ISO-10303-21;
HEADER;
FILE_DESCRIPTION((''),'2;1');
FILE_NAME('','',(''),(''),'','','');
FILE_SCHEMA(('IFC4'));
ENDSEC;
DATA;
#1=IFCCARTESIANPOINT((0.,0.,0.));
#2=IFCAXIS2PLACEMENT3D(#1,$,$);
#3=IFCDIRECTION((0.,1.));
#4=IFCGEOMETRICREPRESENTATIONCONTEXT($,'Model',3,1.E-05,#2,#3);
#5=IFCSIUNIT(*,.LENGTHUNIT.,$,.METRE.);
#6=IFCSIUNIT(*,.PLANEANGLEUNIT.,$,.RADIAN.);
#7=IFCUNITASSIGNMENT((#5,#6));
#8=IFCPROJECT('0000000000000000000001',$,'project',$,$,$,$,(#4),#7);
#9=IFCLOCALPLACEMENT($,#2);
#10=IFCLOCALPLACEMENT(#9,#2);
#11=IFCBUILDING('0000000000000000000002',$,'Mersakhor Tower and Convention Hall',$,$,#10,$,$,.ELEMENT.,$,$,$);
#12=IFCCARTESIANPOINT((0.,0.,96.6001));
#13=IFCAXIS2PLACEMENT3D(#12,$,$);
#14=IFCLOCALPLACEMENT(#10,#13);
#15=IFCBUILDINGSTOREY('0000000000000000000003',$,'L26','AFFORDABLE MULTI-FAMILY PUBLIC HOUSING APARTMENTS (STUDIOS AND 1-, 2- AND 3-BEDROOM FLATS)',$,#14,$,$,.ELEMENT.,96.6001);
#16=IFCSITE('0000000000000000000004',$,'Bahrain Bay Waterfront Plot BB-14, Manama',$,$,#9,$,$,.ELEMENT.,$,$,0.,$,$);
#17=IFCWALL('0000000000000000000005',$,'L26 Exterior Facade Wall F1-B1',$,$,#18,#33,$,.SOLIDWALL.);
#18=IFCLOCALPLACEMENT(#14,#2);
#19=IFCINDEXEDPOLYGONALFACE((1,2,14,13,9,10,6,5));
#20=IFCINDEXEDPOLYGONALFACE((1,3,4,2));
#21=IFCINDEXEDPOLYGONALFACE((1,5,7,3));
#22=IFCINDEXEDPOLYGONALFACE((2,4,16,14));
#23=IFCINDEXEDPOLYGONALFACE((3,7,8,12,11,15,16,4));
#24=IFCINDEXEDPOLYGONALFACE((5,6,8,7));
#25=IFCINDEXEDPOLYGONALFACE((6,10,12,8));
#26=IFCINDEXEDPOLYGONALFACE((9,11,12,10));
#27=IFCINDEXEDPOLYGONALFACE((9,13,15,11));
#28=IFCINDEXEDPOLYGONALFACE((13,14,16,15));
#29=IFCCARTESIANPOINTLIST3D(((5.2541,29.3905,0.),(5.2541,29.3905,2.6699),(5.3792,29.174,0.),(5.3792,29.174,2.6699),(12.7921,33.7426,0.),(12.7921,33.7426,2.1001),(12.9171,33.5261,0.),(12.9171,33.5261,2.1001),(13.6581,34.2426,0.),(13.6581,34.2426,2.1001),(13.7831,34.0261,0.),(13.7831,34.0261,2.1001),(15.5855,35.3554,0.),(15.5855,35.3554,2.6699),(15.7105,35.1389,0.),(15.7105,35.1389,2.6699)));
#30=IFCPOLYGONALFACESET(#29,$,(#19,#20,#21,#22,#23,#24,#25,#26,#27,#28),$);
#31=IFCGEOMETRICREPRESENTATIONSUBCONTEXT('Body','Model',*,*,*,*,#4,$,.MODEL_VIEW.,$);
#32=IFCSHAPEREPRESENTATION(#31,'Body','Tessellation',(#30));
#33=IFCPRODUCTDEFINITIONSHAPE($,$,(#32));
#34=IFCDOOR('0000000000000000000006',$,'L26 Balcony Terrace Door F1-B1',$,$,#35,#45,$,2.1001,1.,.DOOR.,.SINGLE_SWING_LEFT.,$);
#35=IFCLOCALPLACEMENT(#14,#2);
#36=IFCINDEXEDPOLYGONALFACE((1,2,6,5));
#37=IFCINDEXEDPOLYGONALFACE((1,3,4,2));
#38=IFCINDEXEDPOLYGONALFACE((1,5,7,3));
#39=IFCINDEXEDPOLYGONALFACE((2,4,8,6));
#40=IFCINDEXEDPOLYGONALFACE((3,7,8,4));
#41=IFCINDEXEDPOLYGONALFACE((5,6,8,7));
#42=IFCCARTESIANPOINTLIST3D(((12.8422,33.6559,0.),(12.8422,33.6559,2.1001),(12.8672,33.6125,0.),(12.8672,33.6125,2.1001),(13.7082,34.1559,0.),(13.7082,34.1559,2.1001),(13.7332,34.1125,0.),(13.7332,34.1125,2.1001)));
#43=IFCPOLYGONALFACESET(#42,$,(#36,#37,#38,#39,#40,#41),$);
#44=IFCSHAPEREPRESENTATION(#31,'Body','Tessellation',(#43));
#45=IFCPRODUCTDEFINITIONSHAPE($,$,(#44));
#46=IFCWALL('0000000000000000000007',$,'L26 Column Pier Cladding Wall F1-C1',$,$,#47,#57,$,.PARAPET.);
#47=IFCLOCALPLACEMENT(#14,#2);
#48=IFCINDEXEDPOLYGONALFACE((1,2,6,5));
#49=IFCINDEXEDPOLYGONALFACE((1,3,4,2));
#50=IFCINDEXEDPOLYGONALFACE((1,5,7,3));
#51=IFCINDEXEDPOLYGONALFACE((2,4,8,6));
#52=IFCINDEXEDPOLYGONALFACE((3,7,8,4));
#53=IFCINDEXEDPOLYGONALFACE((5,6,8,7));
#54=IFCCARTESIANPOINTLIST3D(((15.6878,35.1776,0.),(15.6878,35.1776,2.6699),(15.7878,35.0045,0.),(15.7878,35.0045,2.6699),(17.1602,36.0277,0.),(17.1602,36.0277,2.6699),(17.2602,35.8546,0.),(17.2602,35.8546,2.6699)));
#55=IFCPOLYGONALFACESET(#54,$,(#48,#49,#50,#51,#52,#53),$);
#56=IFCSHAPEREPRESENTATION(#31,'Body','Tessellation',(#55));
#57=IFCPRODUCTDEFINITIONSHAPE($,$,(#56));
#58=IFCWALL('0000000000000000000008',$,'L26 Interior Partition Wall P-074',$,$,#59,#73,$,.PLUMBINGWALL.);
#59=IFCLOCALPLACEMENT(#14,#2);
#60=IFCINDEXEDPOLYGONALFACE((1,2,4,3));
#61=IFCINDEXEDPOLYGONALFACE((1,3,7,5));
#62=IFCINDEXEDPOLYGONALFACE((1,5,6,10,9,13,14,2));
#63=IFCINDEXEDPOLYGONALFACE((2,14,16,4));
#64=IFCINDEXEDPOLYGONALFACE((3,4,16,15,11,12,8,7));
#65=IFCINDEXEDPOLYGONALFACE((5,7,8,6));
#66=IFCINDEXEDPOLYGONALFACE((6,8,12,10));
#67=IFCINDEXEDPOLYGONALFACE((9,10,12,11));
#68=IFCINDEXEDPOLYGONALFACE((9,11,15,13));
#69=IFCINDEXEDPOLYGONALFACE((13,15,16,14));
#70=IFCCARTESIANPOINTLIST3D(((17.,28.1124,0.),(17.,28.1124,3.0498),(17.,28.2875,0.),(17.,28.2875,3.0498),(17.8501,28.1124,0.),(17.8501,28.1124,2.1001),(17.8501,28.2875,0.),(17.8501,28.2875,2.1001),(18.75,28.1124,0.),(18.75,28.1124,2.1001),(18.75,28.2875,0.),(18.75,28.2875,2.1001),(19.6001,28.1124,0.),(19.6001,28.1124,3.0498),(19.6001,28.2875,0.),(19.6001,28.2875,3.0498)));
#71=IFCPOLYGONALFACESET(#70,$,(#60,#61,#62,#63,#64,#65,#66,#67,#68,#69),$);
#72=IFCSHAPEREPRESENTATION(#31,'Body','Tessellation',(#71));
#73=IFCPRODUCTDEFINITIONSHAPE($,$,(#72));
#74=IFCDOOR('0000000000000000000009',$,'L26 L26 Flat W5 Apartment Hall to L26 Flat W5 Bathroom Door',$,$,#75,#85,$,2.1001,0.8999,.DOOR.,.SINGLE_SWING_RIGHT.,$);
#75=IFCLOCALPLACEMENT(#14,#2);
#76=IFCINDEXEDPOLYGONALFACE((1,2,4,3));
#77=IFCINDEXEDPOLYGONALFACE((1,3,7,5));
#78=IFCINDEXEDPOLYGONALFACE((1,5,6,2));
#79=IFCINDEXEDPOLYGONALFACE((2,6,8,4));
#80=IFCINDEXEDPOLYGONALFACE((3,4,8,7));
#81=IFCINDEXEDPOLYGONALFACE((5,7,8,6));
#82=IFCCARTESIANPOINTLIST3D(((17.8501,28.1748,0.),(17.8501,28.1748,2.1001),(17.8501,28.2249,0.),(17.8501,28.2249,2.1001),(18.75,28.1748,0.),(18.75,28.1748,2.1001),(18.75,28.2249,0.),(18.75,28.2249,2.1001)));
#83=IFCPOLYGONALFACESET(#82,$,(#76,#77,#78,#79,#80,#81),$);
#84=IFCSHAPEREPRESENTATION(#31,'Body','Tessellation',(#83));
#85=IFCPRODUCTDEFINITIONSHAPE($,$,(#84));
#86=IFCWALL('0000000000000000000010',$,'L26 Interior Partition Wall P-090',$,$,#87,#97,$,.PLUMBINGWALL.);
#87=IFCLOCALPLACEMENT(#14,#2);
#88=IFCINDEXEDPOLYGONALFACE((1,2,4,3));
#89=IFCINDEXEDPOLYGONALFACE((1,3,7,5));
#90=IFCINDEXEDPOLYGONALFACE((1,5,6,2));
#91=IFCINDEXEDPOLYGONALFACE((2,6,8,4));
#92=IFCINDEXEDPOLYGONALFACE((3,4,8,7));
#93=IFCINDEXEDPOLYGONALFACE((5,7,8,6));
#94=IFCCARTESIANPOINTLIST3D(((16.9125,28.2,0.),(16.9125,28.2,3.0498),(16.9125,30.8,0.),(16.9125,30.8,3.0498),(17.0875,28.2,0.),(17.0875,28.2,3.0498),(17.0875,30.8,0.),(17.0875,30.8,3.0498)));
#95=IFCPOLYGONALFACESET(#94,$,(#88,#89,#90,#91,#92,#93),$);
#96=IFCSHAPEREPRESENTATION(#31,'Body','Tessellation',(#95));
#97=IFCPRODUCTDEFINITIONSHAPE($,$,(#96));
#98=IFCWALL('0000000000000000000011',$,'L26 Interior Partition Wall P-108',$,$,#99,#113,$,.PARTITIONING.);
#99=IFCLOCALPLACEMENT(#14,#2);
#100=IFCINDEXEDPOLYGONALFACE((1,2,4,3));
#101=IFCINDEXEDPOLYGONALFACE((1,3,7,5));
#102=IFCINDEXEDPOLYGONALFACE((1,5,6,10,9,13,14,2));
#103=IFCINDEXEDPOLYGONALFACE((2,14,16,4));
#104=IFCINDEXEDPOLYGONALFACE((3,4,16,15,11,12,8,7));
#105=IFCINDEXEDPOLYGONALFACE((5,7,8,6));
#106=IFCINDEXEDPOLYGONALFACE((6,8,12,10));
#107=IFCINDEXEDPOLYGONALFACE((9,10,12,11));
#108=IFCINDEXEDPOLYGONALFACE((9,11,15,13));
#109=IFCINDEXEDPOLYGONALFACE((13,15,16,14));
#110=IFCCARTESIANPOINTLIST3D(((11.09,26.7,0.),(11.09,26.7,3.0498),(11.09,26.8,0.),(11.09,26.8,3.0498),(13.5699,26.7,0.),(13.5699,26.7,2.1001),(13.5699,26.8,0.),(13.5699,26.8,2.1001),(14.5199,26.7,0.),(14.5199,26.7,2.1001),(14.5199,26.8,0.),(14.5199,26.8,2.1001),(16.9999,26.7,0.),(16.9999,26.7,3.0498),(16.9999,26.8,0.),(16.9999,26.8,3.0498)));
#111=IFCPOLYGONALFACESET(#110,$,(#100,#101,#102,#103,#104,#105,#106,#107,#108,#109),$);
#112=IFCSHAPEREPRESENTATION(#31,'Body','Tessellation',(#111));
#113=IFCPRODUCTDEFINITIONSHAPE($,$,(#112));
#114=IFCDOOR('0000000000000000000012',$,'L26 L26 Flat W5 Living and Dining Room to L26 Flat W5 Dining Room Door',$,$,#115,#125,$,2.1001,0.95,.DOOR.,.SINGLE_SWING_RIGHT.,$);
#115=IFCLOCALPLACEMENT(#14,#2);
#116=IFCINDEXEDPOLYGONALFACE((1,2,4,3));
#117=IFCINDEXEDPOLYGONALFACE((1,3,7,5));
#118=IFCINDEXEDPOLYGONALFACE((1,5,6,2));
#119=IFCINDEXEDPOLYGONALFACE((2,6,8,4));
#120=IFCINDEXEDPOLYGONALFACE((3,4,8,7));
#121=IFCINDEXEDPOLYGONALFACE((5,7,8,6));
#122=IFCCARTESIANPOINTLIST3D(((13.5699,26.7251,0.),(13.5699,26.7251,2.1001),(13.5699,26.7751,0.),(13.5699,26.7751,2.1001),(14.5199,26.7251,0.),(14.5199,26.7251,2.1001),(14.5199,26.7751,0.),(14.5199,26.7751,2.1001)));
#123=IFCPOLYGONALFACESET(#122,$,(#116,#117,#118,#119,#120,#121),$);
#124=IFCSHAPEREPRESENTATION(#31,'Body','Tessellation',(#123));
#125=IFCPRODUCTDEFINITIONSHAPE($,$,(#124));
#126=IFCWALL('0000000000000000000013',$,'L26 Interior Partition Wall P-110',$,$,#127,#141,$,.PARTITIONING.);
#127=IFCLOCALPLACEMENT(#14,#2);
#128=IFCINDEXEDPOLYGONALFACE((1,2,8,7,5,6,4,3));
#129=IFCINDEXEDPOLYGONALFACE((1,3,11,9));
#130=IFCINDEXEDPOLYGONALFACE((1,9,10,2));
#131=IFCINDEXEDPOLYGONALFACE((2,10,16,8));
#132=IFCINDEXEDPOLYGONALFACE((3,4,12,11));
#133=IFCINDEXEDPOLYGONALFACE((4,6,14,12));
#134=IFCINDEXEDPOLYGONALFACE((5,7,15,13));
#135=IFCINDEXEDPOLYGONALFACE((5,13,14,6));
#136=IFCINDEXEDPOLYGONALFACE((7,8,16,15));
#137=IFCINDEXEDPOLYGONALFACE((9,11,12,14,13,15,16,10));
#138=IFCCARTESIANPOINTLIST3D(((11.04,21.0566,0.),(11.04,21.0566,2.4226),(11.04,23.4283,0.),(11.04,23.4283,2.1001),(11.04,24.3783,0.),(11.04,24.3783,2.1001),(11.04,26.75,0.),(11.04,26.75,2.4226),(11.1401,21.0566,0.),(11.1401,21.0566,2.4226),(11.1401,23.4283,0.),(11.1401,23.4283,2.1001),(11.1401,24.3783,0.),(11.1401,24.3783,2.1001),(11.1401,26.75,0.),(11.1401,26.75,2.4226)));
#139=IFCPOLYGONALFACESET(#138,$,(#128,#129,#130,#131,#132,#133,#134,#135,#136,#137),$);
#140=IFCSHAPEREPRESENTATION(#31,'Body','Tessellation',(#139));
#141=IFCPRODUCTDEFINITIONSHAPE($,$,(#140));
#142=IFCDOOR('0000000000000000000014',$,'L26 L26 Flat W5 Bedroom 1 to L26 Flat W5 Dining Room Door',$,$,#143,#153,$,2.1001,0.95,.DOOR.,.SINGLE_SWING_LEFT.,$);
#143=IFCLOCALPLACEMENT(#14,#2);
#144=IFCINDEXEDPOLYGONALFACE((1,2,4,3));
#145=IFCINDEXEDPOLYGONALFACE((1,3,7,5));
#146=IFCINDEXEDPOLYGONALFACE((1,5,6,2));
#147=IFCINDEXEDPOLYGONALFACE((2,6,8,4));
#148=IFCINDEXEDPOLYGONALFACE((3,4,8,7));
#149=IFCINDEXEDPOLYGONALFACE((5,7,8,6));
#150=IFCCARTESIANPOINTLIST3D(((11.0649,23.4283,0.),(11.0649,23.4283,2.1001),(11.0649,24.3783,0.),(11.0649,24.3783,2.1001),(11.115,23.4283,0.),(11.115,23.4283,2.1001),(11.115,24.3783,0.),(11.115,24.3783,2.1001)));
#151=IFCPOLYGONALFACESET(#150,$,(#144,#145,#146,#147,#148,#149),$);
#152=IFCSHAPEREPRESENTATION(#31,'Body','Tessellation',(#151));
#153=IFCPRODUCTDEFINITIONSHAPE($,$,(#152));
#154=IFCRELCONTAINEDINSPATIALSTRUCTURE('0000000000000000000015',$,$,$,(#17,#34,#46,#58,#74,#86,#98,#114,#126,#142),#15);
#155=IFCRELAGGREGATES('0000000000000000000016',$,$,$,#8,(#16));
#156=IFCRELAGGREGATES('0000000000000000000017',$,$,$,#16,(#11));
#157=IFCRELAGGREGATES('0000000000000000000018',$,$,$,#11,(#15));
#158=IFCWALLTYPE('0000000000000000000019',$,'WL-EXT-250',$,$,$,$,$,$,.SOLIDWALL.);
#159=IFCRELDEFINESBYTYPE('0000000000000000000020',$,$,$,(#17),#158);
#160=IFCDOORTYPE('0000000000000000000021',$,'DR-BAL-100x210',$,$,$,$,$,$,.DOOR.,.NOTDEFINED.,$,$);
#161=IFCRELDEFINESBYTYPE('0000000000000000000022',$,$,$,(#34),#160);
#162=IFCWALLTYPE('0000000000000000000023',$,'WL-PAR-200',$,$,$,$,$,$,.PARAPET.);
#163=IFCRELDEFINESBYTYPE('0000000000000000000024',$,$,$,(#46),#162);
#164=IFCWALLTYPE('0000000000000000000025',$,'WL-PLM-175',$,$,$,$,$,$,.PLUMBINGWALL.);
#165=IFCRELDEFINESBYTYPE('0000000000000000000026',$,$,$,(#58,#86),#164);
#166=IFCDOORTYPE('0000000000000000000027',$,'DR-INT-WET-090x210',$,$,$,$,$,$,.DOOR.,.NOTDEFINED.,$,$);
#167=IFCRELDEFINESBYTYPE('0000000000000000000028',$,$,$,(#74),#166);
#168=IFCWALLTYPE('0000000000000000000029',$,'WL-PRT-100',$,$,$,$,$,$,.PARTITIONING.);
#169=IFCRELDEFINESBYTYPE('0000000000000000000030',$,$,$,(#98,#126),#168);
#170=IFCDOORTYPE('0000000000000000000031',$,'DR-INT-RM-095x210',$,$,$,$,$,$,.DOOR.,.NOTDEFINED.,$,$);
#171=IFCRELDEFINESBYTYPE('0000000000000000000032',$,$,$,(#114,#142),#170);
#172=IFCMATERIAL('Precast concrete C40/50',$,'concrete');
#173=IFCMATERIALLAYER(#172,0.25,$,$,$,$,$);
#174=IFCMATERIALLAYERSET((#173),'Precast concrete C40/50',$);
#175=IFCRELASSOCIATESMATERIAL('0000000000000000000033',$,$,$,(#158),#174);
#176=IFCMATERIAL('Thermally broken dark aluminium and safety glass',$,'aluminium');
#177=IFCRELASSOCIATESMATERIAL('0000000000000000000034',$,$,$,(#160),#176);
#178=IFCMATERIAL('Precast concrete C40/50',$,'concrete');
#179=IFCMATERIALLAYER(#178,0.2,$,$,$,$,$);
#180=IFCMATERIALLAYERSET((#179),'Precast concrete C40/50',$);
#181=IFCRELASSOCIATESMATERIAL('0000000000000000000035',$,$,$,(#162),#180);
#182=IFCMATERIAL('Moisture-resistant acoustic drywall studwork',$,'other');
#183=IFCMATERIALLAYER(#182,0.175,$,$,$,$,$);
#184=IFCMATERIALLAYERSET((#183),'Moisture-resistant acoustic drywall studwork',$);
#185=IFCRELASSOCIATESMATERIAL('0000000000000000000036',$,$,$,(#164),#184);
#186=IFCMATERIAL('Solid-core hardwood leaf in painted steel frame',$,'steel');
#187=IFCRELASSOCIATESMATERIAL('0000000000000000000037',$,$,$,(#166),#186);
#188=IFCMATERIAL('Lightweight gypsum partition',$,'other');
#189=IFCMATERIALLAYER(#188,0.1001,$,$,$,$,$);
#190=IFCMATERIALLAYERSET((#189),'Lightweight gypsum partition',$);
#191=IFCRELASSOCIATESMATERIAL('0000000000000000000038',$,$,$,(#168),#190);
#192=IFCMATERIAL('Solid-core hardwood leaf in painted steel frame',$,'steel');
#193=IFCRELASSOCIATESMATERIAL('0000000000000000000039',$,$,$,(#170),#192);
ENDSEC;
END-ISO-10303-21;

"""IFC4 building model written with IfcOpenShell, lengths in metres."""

from ifc_helpers import new_model, si_unit, direction, frame, frame_2d, origin, place, context, subcontext, project, spatial, rectangle, extrude, material, layer, layer_set, type_object, element, fill, save


model = new_model("IFC4")

# Units and contexts
model_context = context("Model", 3, precision=1e-05, world=origin(), true_north=direction((0.0, 1.0)))
body_context = subcontext(model_context, "Body", "Model", "MODEL_VIEW")
ifc_project = project(units=[si_unit("LENGTHUNIT", "METRE"), si_unit("PLANEANGLEUNIT", "RADIAN")], contexts=[model_context])

# Site, building, storey
site_placement = place(None, origin())
site = spatial("IfcSite", under=ifc_project, at=site_placement, Name="Bahrain Bay Waterfront Plot BB-14, Manama", CompositionType="ELEMENT", RefElevation=0.0)
building_placement = place(site_placement, origin())
building = spatial("IfcBuilding", under=site, at=building_placement, Name="Mersakhor Tower and Convention Hall", CompositionType="ELEMENT")
storey_placement = place(building_placement, frame((0.0, 0.0, 96.6001)))
storey = spatial("IfcBuildingStorey", under=building, at=storey_placement, Name="L26", Description="AFFORDABLE MULTI-FAMILY PUBLIC HOUSING APARTMENTS (STUDIOS AND 1-, 2- AND 3-BEDROOM FLATS)", CompositionType="ELEMENT", Elevation=96.6001)

# Wall, opening, door
ifc_material_1 = material(Name="Precast concrete C40/50", Category="concrete")
ifc_layer_1 = layer(ifc_material_1, 0.25)
ifc_layer_set_1 = layer_set([ifc_layer_1], Name="Precast concrete C40/50")
wall_type_1 = type_object("IfcWallType", Name="WL-EXT-250", PredefinedType="SOLIDWALL", material=ifc_layer_set_1)
wall_1_placement = place(storey_placement, frame((5.3167, 29.2822, 0.0), z_axis=(0.0, 0.0, 1.0), x_axis=(0.866023, 0.500004, 0.0)))
wall_1 = element("IfcWall", 1, at=wall_1_placement, inside=storey, type_object=wall_type_1, Name="L26 Exterior Facade Wall F1-B1", PredefinedType="SOLIDWALL", context=body_context, shape_type="SweptSolid", body=[
    extrude(rectangle(XDim=11.9297, YDim=0.25, at=frame_2d((5.9648, 0.0))), origin(), (0.0, 0.0, 1.0), 2.6699),
])
opening_1_placement = place(wall_1_placement, frame((8.7041, 0.0, 0.0)))
opening_1 = element("IfcOpeningElement", 2, at=opening_1_placement, cuts=wall_1, PredefinedType="OPENING", context=body_context, shape_type="SweptSolid", body=[
    extrude(rectangle(XDim=1.0, YDim=2.1001, at=frame_2d((0.5, 1.05))), frame((0.0, 0.135, 0.0), z_axis=(0.0, -1.0, 0.0), x_axis=(1.0, 0.0, 0.0)), (0.0, 0.0, 1.0), 0.27),
])
ifc_material_2 = material(Name="Thermally broken dark aluminium and safety glass", Category="aluminium")
door_type_1 = type_object("IfcDoorType", Name="DR-BAL-100x210", OperationType="NOTDEFINED", PredefinedType="DOOR", material=ifc_material_2)
door_1_placement = place(opening_1_placement, origin())
door_1 = element("IfcDoor", 3, at=door_1_placement, inside=storey, type_object=door_type_1, Name="L26 Balcony Terrace Door F1-B1", OperationType="SINGLE_SWING_LEFT", OverallHeight=2.1001, OverallWidth=1.0, PredefinedType="DOOR", context=body_context, shape_type="SweptSolid", body=[
    extrude(rectangle(XDim=1.0, YDim=2.1001, at=frame_2d((0.5, 1.05))), frame((0.0, 0.0249, 0.0), z_axis=(0.0, -1.0, 0.0), x_axis=(1.0, 0.0, 0.0)), (0.0, 0.0, 1.0), 0.05),
])
fill(opening_1, door_1)

# Wall
ifc_material_3 = material(Name="Precast concrete C40/50", Category="concrete")
ifc_layer_2 = layer(ifc_material_3, 0.2)
ifc_layer_set_2 = layer_set([ifc_layer_2], Name="Precast concrete C40/50")
wall_type_2 = type_object("IfcWallType", Name="WL-PAR-200", PredefinedType="PARAPET", material=ifc_layer_set_2)
wall_2_placement = place(storey_placement, frame((15.7378, 35.0911, 0.0), z_axis=(0.0, 0.0, 1.0), x_axis=(0.866025, 0.5, 0.0)))
element("IfcWall", 4, at=wall_2_placement, inside=storey, type_object=wall_type_2, Name="L26 Column Pier Cladding Wall F1-C1", PredefinedType="PARAPET", context=body_context, shape_type="SweptSolid", body=[
    extrude(rectangle(XDim=1.7002, YDim=0.2, at=frame_2d((0.8501, 0.0))), origin(), (0.0, 0.0, 1.0), 2.6699),
])

# Wall, opening, door
ifc_material_4 = material(Name="Moisture-resistant acoustic drywall studwork", Category="other")
ifc_layer_3 = layer(ifc_material_4, 0.175)
ifc_layer_set_3 = layer_set([ifc_layer_3], Name="Moisture-resistant acoustic drywall studwork")
wall_type_3 = type_object("IfcWallType", Name="WL-PLM-175", PredefinedType="PLUMBINGWALL", material=ifc_layer_set_3)
wall_3_placement = place(storey_placement, frame((17.0, 28.2, 0.0), z_axis=(0.0, 0.0, 1.0), x_axis=(1.0, 0.0, 0.0)))
wall_3 = element("IfcWall", 5, at=wall_3_placement, inside=storey, type_object=wall_type_3, Name="L26 Interior Partition Wall P-074", PredefinedType="PLUMBINGWALL", context=body_context, shape_type="SweptSolid", body=[
    extrude(rectangle(XDim=2.6001, YDim=0.175, at=frame_2d((1.3, 0.0))), origin(), (0.0, 0.0, 1.0), 3.0498),
])
opening_2_placement = place(wall_3_placement, frame((0.8501, 0.0, 0.0)))
opening_2 = element("IfcOpeningElement", 6, at=opening_2_placement, cuts=wall_3, PredefinedType="OPENING", context=body_context, shape_type="SweptSolid", body=[
    extrude(rectangle(XDim=0.8999, YDim=2.1001, at=frame_2d((0.45, 1.05))), frame((0.0, 0.0974, 0.0), z_axis=(0.0, -1.0, 0.0), x_axis=(1.0, 0.0, 0.0)), (0.0, 0.0, 1.0), 0.1951),
])
ifc_material_5 = material(Name="Solid-core hardwood leaf in painted steel frame", Category="steel")
door_type_2 = type_object("IfcDoorType", Name="DR-INT-WET-090x210", OperationType="NOTDEFINED", PredefinedType="DOOR", material=ifc_material_5)
door_2_placement = place(opening_2_placement, origin())
door_2 = element("IfcDoor", 7, at=door_2_placement, inside=storey, type_object=door_type_2, Name="L26 L26 Flat W5 Apartment Hall to L26 Flat W5 Bathroom Door", OperationType="SINGLE_SWING_RIGHT", OverallHeight=2.1001, OverallWidth=0.8999, PredefinedType="DOOR", context=body_context, shape_type="SweptSolid", body=[
    extrude(rectangle(XDim=0.8999, YDim=2.1001, at=frame_2d((0.45, 1.05))), frame((0.0, 0.0249, 0.0), z_axis=(0.0, -1.0, 0.0), x_axis=(1.0, 0.0, 0.0)), (0.0, 0.0, 1.0), 0.05),
])
fill(opening_2, door_2)

# Wall
wall_4_placement = place(storey_placement, frame((17.0, 28.2, 0.0), z_axis=(0.0, 0.0, 1.0), x_axis=(0.0, 1.0, 0.0)))
element("IfcWall", 8, at=wall_4_placement, inside=storey, type_object=wall_type_3, Name="L26 Interior Partition Wall P-090", PredefinedType="PLUMBINGWALL", context=body_context, shape_type="SweptSolid", body=[
    extrude(rectangle(XDim=2.6001, YDim=0.175, at=frame_2d((1.3, 0.0))), origin(), (0.0, 0.0, 1.0), 3.0498),
])

# Walls, openings, doors
ifc_material_6 = material(Name="Lightweight gypsum partition", Category="other")
ifc_layer_4 = layer(ifc_material_6, 0.1001)
ifc_layer_set_4 = layer_set([ifc_layer_4], Name="Lightweight gypsum partition")
wall_type_4 = type_object("IfcWallType", Name="WL-PRT-100", PredefinedType="PARTITIONING", material=ifc_layer_set_4)
wall_5_placement = place(storey_placement, frame((17.0, 26.75, 0.0), z_axis=(0.0, 0.0, 1.0), x_axis=(-1.0, 0.0, 0.0)))
wall_5 = element("IfcWall", 9, at=wall_5_placement, inside=storey, type_object=wall_type_4, Name="L26 Interior Partition Wall P-108", PredefinedType="PARTITIONING", context=body_context, shape_type="SweptSolid", body=[
    extrude(rectangle(XDim=5.9099, YDim=0.1001, at=frame_2d((2.9551, 0.0))), origin(), (0.0, 0.0, 1.0), 3.0498),
])
opening_3_placement = place(wall_5_placement, frame((2.48, 0.0, 0.0)))
opening_3 = element("IfcOpeningElement", 10, at=opening_3_placement, cuts=wall_5, PredefinedType="OPENING", context=body_context, shape_type="SweptSolid", body=[
    extrude(rectangle(XDim=0.95, YDim=2.1001, at=frame_2d((0.4751, 1.05))), frame((0.0, 0.0601, 0.0), z_axis=(0.0, -1.0, 0.0), x_axis=(1.0, 0.0, 0.0)), (0.0, 0.0, 1.0), 0.1201),
])
ifc_material_7 = material(Name="Solid-core hardwood leaf in painted steel frame", Category="steel")
door_type_3 = type_object("IfcDoorType", Name="DR-INT-RM-095x210", OperationType="NOTDEFINED", PredefinedType="DOOR", material=ifc_material_7)
door_3_placement = place(opening_3_placement, origin())
door_3 = element("IfcDoor", 11, at=door_3_placement, inside=storey, type_object=door_type_3, Name="L26 L26 Flat W5 Living and Dining Room to L26 Flat W5 Dining Room Door", OperationType="SINGLE_SWING_RIGHT", OverallHeight=2.1001, OverallWidth=0.95, PredefinedType="DOOR", context=body_context, shape_type="SweptSolid", body=[
    extrude(rectangle(XDim=0.95, YDim=2.1001, at=frame_2d((0.4751, 1.05))), frame((0.0, 0.0249, 0.0), z_axis=(0.0, -1.0, 0.0), x_axis=(1.0, 0.0, 0.0)), (0.0, 0.0, 1.0), 0.05),
])
fill(opening_3, door_3)
wall_6_placement = place(storey_placement, frame((11.0901, 26.75, 0.0), z_axis=(0.0, 0.0, 1.0), x_axis=(0.0, -1.0, 0.0)))
wall_6 = element("IfcWall", 12, at=wall_6_placement, inside=storey, type_object=wall_type_4, Name="L26 Interior Partition Wall P-110", PredefinedType="PARTITIONING", context=body_context, shape_type="SweptSolid", body=[
    extrude(rectangle(XDim=5.6934, YDim=0.1001, at=frame_2d((2.8467, 0.0))), origin(), (0.0, 0.0, 1.0), 2.4226),
])
opening_4_placement = place(wall_6_placement, frame((2.3716, 0.0, 0.0)))
opening_4 = element("IfcOpeningElement", 13, at=opening_4_placement, cuts=wall_6, PredefinedType="OPENING", context=body_context, shape_type="SweptSolid", body=[
    extrude(rectangle(XDim=0.95, YDim=2.1001, at=frame_2d((0.4751, 1.05))), frame((0.0, 0.0601, 0.0), z_axis=(0.0, -1.0, 0.0), x_axis=(1.0, 0.0, 0.0)), (0.0, 0.0, 1.0), 0.1201),
])
door_4_placement = place(opening_4_placement, origin())
door_4 = element("IfcDoor", 14, at=door_4_placement, inside=storey, type_object=door_type_3, Name="L26 L26 Flat W5 Bedroom 1 to L26 Flat W5 Dining Room Door", OperationType="SINGLE_SWING_LEFT", OverallHeight=2.1001, OverallWidth=0.95, PredefinedType="DOOR", context=body_context, shape_type="SweptSolid", body=[
    extrude(rectangle(XDim=0.95, YDim=2.1001, at=frame_2d((0.4751, 1.05))), frame((0.0, 0.0249, 0.0), z_axis=(0.0, -1.0, 0.0), x_axis=(1.0, 0.0, 0.0)), (0.0, 0.0, 1.0), 0.05),
])
fill(opening_4, door_4)

save(model, "model.ifc")
